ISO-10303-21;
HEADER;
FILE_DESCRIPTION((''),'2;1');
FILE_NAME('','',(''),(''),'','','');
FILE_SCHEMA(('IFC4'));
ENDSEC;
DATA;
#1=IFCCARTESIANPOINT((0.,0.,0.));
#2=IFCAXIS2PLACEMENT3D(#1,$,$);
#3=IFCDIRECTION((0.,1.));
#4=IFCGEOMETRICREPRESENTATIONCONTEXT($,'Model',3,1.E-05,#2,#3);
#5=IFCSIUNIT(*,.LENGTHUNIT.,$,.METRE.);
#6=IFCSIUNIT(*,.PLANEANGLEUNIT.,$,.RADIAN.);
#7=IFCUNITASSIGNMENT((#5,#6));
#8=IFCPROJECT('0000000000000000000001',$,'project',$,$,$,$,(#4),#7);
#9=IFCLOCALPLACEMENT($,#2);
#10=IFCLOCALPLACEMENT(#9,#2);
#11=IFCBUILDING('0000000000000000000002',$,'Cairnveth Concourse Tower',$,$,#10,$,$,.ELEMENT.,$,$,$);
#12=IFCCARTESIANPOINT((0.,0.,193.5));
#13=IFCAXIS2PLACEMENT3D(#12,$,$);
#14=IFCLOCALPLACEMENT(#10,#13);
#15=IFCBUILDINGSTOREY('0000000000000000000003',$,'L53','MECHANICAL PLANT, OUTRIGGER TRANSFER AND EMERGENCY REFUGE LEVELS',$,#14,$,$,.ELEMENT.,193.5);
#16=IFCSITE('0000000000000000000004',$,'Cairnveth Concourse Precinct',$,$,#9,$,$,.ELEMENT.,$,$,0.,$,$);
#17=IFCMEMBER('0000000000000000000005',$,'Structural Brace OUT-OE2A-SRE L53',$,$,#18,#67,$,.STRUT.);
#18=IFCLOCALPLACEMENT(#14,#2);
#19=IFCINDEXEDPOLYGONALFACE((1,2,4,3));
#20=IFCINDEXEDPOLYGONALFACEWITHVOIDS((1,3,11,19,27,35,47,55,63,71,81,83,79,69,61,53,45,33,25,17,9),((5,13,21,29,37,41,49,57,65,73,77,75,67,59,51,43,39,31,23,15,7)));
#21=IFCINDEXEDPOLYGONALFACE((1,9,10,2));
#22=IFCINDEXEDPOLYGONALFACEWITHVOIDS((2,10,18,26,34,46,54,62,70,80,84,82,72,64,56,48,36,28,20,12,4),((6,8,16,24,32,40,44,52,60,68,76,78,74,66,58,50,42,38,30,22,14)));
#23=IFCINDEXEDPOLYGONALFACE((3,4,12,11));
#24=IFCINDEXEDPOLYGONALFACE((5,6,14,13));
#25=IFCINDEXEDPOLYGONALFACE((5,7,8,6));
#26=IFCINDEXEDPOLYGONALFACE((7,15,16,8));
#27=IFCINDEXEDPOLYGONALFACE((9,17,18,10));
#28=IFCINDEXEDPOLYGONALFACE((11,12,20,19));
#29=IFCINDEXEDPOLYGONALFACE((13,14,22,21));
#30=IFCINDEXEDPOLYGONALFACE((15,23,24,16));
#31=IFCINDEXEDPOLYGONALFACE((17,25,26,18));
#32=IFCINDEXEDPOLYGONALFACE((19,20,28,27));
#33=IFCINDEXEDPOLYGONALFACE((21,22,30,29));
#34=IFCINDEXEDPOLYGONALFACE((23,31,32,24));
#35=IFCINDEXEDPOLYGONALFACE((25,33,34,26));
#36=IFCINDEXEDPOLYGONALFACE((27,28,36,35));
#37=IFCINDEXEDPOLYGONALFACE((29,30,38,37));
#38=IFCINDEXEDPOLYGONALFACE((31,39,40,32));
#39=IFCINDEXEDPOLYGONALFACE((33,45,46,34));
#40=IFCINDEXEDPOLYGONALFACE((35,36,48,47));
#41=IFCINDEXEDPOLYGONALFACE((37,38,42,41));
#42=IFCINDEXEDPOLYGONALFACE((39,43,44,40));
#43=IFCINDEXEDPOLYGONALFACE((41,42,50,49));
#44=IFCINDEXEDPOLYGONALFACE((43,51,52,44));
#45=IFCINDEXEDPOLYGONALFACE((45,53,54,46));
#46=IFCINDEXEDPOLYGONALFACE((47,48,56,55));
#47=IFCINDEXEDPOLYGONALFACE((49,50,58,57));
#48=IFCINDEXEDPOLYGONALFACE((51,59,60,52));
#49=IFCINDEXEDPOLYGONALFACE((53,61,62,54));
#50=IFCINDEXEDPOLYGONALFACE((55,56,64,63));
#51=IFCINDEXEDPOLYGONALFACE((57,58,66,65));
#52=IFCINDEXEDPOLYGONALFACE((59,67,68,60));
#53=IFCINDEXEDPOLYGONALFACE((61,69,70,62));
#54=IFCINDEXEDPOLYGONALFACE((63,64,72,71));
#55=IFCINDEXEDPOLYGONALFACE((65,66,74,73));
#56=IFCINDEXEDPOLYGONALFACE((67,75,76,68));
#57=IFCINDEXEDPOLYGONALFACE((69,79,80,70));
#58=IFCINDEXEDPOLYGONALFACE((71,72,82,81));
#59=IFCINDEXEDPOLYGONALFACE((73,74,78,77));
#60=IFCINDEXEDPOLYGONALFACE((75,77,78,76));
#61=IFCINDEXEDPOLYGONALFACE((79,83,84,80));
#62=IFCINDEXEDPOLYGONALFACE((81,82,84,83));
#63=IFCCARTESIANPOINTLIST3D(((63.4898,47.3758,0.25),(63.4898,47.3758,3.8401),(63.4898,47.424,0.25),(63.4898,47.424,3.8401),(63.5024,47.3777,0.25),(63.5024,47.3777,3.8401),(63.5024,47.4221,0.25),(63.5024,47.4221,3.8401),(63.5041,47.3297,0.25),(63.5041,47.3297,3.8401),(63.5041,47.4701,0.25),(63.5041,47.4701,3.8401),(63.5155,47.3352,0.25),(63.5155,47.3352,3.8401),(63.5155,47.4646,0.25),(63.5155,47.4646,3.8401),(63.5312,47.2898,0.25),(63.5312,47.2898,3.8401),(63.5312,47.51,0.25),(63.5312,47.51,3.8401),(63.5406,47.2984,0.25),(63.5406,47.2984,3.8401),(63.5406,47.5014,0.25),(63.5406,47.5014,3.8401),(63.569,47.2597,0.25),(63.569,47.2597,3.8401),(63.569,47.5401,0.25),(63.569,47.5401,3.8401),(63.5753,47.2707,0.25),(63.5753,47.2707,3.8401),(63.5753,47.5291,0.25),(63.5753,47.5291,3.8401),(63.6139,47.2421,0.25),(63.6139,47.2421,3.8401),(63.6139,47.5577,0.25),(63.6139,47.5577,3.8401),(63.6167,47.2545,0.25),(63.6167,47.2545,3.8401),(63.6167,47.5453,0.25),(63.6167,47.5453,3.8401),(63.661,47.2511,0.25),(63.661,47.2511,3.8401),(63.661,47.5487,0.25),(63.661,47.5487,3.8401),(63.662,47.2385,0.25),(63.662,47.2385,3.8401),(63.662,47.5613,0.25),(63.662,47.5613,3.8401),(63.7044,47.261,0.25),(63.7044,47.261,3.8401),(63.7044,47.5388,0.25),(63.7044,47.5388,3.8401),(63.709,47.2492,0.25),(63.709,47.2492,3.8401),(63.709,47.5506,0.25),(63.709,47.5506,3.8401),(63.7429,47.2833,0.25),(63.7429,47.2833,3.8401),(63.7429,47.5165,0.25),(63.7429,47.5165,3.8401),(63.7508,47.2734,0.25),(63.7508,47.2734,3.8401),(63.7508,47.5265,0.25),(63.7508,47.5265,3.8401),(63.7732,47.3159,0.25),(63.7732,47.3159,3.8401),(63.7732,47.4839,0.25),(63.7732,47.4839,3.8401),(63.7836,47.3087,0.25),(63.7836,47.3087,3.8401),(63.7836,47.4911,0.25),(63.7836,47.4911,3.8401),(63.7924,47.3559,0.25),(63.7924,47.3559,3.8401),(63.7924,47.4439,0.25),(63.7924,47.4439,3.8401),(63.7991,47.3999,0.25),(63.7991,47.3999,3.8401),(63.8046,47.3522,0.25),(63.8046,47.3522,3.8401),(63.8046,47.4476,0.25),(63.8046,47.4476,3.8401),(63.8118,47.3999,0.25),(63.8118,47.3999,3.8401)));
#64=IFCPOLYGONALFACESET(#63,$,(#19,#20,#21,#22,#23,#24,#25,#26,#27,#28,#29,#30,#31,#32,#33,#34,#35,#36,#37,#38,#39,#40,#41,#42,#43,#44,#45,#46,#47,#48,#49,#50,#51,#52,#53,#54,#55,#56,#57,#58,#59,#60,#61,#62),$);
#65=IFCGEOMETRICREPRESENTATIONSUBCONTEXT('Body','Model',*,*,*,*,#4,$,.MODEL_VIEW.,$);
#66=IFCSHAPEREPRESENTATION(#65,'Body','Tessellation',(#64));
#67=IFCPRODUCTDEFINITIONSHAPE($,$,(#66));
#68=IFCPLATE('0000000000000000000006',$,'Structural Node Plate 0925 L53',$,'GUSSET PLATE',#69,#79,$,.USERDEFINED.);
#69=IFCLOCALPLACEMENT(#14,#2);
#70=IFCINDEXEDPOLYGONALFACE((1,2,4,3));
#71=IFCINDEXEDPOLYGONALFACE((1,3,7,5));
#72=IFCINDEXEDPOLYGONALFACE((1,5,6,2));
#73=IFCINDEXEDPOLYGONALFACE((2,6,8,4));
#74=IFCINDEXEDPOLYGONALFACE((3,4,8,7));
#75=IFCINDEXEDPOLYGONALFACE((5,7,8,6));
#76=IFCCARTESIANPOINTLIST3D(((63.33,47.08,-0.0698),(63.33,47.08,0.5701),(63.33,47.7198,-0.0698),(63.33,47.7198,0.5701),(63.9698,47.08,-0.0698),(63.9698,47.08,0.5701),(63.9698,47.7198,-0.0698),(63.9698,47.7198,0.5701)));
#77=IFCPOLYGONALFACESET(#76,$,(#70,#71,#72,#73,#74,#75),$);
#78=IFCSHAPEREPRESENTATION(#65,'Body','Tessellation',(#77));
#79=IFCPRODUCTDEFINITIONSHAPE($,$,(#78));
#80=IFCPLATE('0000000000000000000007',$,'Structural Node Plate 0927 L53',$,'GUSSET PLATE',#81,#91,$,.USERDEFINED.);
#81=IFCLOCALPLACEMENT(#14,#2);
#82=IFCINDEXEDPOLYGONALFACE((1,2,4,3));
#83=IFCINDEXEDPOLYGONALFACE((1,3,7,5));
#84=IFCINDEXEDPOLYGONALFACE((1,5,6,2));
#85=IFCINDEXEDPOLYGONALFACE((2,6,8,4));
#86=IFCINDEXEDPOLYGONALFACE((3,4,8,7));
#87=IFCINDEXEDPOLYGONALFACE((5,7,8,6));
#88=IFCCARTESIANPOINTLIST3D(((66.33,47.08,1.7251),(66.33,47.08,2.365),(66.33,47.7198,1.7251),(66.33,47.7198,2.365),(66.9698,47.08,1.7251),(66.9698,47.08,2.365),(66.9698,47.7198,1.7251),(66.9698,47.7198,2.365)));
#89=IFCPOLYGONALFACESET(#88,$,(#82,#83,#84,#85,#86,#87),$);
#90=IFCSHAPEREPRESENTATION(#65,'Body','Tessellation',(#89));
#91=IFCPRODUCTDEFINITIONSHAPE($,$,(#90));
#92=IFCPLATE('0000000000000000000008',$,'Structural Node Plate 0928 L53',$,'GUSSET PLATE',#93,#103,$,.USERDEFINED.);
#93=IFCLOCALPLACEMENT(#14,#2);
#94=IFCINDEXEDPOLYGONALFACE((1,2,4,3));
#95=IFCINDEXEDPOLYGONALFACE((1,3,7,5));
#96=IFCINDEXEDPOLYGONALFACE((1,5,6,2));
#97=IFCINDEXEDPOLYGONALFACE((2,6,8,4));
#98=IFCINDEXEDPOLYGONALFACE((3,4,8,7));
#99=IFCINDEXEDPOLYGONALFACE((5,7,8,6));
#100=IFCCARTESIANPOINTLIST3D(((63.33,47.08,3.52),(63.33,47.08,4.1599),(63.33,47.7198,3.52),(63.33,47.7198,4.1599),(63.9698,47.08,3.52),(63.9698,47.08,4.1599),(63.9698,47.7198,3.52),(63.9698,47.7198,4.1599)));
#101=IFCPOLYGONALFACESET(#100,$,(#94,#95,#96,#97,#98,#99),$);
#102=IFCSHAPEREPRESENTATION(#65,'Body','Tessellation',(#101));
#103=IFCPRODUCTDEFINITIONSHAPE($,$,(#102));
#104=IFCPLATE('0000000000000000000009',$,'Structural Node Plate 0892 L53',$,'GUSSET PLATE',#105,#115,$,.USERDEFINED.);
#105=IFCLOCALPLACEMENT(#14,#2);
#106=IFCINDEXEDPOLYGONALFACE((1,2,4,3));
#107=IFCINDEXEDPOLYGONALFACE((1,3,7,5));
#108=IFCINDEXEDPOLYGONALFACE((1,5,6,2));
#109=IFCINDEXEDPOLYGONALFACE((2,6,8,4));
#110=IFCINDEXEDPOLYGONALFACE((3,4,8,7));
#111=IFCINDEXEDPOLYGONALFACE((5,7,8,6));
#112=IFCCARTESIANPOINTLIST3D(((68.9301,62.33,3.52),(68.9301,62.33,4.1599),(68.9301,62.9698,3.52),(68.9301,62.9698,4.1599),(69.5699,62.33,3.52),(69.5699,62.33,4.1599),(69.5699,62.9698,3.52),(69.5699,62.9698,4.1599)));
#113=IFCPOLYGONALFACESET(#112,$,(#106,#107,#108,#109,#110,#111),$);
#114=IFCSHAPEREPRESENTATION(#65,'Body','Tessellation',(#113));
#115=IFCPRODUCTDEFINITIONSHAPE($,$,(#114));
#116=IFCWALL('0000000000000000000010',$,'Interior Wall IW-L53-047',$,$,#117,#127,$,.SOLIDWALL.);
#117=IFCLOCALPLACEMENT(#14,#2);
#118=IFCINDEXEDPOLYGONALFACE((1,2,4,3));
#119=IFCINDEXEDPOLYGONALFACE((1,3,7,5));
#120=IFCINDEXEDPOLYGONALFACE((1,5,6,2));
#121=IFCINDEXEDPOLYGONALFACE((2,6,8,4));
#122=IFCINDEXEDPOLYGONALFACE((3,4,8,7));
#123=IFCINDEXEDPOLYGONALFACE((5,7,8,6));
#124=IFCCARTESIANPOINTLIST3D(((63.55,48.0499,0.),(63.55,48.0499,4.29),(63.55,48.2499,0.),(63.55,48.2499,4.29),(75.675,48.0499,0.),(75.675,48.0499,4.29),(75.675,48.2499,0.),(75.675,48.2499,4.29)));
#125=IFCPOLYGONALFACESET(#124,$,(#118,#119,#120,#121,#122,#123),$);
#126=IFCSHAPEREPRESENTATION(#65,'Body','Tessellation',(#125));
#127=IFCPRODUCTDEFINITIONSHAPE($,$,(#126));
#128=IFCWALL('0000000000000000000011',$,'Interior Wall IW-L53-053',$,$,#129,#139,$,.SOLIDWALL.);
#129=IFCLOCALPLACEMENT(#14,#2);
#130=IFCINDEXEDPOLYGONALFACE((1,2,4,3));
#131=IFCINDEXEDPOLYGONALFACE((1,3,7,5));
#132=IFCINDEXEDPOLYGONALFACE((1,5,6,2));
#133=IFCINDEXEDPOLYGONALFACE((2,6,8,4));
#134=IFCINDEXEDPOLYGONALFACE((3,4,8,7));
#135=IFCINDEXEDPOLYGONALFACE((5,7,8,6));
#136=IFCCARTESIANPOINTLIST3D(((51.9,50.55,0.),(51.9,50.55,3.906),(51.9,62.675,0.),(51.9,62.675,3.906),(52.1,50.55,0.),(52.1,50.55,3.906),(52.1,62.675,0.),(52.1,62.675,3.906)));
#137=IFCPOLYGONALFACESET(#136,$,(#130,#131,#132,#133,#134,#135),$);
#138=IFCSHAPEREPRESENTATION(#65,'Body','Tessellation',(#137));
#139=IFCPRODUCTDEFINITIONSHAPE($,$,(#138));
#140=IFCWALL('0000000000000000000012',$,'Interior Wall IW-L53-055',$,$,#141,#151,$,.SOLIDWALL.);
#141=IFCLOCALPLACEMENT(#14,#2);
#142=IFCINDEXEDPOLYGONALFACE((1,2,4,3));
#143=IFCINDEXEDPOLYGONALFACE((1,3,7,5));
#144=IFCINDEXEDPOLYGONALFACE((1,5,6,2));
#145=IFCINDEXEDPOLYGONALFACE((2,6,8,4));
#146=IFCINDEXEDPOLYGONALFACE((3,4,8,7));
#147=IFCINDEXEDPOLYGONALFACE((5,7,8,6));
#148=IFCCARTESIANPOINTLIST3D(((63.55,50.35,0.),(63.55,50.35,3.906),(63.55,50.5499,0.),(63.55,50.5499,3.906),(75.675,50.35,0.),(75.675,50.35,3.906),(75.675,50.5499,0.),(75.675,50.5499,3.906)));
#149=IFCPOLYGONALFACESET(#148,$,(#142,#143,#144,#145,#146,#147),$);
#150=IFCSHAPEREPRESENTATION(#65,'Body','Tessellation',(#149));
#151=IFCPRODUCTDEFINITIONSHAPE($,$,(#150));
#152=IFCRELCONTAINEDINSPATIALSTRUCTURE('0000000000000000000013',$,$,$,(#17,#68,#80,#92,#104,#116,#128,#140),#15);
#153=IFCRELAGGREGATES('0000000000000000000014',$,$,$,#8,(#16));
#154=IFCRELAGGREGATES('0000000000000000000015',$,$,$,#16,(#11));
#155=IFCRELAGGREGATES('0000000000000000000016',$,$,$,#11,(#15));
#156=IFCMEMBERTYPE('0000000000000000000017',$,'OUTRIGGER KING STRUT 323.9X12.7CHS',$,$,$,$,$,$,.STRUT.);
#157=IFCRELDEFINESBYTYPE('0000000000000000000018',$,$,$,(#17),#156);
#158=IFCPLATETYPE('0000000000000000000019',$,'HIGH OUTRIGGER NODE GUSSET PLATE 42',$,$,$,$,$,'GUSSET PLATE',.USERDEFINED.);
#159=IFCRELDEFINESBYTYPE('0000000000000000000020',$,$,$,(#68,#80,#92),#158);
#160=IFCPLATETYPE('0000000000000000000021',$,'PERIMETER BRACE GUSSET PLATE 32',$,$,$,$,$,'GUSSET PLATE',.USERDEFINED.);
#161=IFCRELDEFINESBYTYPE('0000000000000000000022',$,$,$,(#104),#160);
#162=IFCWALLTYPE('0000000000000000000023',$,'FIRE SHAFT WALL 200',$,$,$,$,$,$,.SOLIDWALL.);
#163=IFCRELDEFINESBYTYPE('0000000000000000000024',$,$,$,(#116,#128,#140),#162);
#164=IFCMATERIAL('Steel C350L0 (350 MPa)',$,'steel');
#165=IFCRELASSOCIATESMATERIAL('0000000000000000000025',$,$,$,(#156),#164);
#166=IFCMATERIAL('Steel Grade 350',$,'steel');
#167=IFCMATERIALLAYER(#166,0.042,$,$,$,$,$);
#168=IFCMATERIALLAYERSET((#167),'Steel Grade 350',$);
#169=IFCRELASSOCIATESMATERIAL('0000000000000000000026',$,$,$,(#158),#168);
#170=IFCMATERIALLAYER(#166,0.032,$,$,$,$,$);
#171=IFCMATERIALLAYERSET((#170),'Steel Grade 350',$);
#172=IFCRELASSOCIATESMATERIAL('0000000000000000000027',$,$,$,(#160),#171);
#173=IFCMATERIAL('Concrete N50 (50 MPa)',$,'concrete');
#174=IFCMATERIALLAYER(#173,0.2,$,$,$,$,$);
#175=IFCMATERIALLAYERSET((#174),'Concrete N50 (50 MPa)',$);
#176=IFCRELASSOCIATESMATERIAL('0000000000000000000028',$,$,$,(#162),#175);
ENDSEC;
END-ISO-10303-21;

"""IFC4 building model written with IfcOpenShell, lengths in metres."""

from ifc_helpers import new_model, si_unit, direction, frame, frame_2d, origin, origin_2d, place, context, subcontext, project, spatial, rectangle, hollow_circle, extrude, material, layer, layer_set, material_profile, profile_set, type_object, element, save


model = new_model("IFC4")

# Units and contexts
model_context = context("Model", 3, precision=1e-05, world=origin(), true_north=direction((0.0, 1.0)))
body_context = subcontext(model_context, "Body", "Model", "MODEL_VIEW")
ifc_project = project(units=[si_unit("LENGTHUNIT", "METRE"), si_unit("PLANEANGLEUNIT", "RADIAN")], contexts=[model_context])

# Site, building, storey
site_placement = place(None, origin())
site = spatial("IfcSite", under=ifc_project, at=site_placement, Name="Cairnveth Concourse Precinct", CompositionType="ELEMENT", RefElevation=0.0)
building_placement = place(site_placement, origin())
building = spatial("IfcBuilding", under=site, at=building_placement, Name="Cairnveth Concourse Tower", CompositionType="ELEMENT")
storey_placement = place(building_placement, frame((0.0, 0.0, 193.5)))
storey = spatial("IfcBuildingStorey", under=building, at=storey_placement, Name="L53", Description="MECHANICAL PLANT, OUTRIGGER TRANSFER AND EMERGENCY REFUGE LEVELS", CompositionType="ELEMENT", Elevation=193.5)

# Shared definitions
ifc_material_1 = material(Name="Steel C350L0 (350 MPa)", Category="steel")

# Member
ifc_material_profile_1 = material_profile(ifc_material_1, hollow_circle(Radius=0.1619, WallThickness=0.0127, at=origin_2d()), Name="323.9x12.7CHS")
ifc_profile_set_1 = profile_set([ifc_material_profile_1], Name="Steel C350L0 (350 MPa)")
member_type_1 = type_object("IfcMemberType", Name="OUTRIGGER KING STRUT 323.9X12.7CHS", PredefinedType="STRUT", material=ifc_profile_set_1)
member_1_placement = place(storey_placement, frame((63.6499, 47.3999, 0.25), z_axis=(0.0, 0.0, 1.0), x_axis=(1.0, 0.0, 0.0)))
element("IfcMember", 1, at=member_1_placement, inside=storey, type_object=member_type_1, Name="Structural Brace OUT-OE2A-SRE L53", PredefinedType="STRUT", context=body_context, shape_type="SweptSolid", body=[
    extrude(hollow_circle(Radius=0.1619, WallThickness=0.0127, at=origin_2d()), origin(), (0.0, 0.0, 1.0), 3.5901),
])

# Plates
ifc_material_2 = material(Name="Steel Grade 350", Category="steel")
ifc_layer_1 = layer(ifc_material_2, 0.042)
ifc_layer_set_1 = layer_set([ifc_layer_1], Name="Steel Grade 350")
plate_type_1 = type_object("IfcPlateType", Name="HIGH OUTRIGGER NODE GUSSET PLATE 42", ElementType="GUSSET PLATE", PredefinedType="USERDEFINED", material=ifc_layer_set_1)
for number, where, z_axis, x_axis, name in (
    (2, (63.6499, 47.3999, -0.0698), (0.0, 0.0, 1.0), (1.0, 0.0, 0.0), "Structural Node Plate 0925 L53"),
    (3, (66.6499, 47.3999, 1.7251), (0.0, 0.0, 1.0), (1.0, 0.0, 0.0), "Structural Node Plate 0927 L53"),
    (4, (63.6499, 47.3999, 3.52), (0.0, 0.0, 1.0), (1.0, 0.0, 0.0), "Structural Node Plate 0928 L53"),
):
    element("IfcPlate", number, at=place(storey_placement, frame(where, z_axis=z_axis, x_axis=x_axis)), inside=storey, type_object=plate_type_1, Name=name, ObjectType="GUSSET PLATE", PredefinedType="USERDEFINED", context=body_context, shape_type="SweptSolid", body=[
        extrude(rectangle(XDim=0.6399, YDim=0.6399, at=origin_2d()), origin(), (0.0, 0.0, 1.0), 0.6399),
    ])
ifc_layer_2 = layer(ifc_material_2, 0.032)
ifc_layer_set_2 = layer_set([ifc_layer_2], Name="Steel Grade 350")
plate_type_2 = type_object("IfcPlateType", Name="PERIMETER BRACE GUSSET PLATE 32", ElementType="GUSSET PLATE", PredefinedType="USERDEFINED", material=ifc_layer_set_2)
plate_placement = place(storey_placement, frame((69.25, 62.6499, 3.52), z_axis=(0.0, 0.0, 1.0), x_axis=(1.0, 0.0, 0.0)))
element("IfcPlate", 5, at=plate_placement, inside=storey, type_object=plate_type_2, Name="Structural Node Plate 0892 L53", ObjectType="GUSSET PLATE", PredefinedType="USERDEFINED", context=body_context, shape_type="SweptSolid", body=[
    extrude(rectangle(XDim=0.6399, YDim=0.6399, at=origin_2d()), origin(), (0.0, 0.0, 1.0), 0.6399),
])

# Walls
ifc_material_3 = material(Name="Concrete N50 (50 MPa)", Category="concrete")
ifc_layer_3 = layer(ifc_material_3, 0.2)
ifc_layer_set_3 = layer_set([ifc_layer_3], Name="Concrete N50 (50 MPa)")
wall_type = type_object("IfcWallType", Name="FIRE SHAFT WALL 200", PredefinedType="SOLIDWALL", material=ifc_layer_set_3)
wall_placement = place(storey_placement, frame((63.55, 48.1499, 0.0), z_axis=(0.0, 0.0, 1.0), x_axis=(1.0, 0.0, 0.0)))
element("IfcWall", 6, at=wall_placement, inside=storey, type_object=wall_type, Name="Interior Wall IW-L53-047", PredefinedType="SOLIDWALL", context=body_context, shape_type="SweptSolid", body=[
    extrude(rectangle(XDim=12.125, YDim=0.2, at=frame_2d((6.0625, 0.0))), origin(), (0.0, 0.0, 1.0), 4.29),
])
for number, where, z_axis, x_axis, name in (
    (7, (52.0, 50.55, 0.0), (0.0, 0.0, 1.0), (0.0, 1.0, 0.0), "Interior Wall IW-L53-053"),
    (8, (63.55, 50.45, 0.0), (0.0, 0.0, 1.0), (1.0, 0.0, 0.0), "Interior Wall IW-L53-055"),
):
    element("IfcWall", number, at=place(storey_placement, frame(where, z_axis=z_axis, x_axis=x_axis)), inside=storey, type_object=wall_type, Name=name, PredefinedType="SOLIDWALL", context=body_context, shape_type="SweptSolid", body=[
        extrude(rectangle(XDim=12.125, YDim=0.2, at=frame_2d((6.0625, 0.0))), origin(), (0.0, 0.0, 1.0), 3.906),
    ])

save(model, "model.ifc")
